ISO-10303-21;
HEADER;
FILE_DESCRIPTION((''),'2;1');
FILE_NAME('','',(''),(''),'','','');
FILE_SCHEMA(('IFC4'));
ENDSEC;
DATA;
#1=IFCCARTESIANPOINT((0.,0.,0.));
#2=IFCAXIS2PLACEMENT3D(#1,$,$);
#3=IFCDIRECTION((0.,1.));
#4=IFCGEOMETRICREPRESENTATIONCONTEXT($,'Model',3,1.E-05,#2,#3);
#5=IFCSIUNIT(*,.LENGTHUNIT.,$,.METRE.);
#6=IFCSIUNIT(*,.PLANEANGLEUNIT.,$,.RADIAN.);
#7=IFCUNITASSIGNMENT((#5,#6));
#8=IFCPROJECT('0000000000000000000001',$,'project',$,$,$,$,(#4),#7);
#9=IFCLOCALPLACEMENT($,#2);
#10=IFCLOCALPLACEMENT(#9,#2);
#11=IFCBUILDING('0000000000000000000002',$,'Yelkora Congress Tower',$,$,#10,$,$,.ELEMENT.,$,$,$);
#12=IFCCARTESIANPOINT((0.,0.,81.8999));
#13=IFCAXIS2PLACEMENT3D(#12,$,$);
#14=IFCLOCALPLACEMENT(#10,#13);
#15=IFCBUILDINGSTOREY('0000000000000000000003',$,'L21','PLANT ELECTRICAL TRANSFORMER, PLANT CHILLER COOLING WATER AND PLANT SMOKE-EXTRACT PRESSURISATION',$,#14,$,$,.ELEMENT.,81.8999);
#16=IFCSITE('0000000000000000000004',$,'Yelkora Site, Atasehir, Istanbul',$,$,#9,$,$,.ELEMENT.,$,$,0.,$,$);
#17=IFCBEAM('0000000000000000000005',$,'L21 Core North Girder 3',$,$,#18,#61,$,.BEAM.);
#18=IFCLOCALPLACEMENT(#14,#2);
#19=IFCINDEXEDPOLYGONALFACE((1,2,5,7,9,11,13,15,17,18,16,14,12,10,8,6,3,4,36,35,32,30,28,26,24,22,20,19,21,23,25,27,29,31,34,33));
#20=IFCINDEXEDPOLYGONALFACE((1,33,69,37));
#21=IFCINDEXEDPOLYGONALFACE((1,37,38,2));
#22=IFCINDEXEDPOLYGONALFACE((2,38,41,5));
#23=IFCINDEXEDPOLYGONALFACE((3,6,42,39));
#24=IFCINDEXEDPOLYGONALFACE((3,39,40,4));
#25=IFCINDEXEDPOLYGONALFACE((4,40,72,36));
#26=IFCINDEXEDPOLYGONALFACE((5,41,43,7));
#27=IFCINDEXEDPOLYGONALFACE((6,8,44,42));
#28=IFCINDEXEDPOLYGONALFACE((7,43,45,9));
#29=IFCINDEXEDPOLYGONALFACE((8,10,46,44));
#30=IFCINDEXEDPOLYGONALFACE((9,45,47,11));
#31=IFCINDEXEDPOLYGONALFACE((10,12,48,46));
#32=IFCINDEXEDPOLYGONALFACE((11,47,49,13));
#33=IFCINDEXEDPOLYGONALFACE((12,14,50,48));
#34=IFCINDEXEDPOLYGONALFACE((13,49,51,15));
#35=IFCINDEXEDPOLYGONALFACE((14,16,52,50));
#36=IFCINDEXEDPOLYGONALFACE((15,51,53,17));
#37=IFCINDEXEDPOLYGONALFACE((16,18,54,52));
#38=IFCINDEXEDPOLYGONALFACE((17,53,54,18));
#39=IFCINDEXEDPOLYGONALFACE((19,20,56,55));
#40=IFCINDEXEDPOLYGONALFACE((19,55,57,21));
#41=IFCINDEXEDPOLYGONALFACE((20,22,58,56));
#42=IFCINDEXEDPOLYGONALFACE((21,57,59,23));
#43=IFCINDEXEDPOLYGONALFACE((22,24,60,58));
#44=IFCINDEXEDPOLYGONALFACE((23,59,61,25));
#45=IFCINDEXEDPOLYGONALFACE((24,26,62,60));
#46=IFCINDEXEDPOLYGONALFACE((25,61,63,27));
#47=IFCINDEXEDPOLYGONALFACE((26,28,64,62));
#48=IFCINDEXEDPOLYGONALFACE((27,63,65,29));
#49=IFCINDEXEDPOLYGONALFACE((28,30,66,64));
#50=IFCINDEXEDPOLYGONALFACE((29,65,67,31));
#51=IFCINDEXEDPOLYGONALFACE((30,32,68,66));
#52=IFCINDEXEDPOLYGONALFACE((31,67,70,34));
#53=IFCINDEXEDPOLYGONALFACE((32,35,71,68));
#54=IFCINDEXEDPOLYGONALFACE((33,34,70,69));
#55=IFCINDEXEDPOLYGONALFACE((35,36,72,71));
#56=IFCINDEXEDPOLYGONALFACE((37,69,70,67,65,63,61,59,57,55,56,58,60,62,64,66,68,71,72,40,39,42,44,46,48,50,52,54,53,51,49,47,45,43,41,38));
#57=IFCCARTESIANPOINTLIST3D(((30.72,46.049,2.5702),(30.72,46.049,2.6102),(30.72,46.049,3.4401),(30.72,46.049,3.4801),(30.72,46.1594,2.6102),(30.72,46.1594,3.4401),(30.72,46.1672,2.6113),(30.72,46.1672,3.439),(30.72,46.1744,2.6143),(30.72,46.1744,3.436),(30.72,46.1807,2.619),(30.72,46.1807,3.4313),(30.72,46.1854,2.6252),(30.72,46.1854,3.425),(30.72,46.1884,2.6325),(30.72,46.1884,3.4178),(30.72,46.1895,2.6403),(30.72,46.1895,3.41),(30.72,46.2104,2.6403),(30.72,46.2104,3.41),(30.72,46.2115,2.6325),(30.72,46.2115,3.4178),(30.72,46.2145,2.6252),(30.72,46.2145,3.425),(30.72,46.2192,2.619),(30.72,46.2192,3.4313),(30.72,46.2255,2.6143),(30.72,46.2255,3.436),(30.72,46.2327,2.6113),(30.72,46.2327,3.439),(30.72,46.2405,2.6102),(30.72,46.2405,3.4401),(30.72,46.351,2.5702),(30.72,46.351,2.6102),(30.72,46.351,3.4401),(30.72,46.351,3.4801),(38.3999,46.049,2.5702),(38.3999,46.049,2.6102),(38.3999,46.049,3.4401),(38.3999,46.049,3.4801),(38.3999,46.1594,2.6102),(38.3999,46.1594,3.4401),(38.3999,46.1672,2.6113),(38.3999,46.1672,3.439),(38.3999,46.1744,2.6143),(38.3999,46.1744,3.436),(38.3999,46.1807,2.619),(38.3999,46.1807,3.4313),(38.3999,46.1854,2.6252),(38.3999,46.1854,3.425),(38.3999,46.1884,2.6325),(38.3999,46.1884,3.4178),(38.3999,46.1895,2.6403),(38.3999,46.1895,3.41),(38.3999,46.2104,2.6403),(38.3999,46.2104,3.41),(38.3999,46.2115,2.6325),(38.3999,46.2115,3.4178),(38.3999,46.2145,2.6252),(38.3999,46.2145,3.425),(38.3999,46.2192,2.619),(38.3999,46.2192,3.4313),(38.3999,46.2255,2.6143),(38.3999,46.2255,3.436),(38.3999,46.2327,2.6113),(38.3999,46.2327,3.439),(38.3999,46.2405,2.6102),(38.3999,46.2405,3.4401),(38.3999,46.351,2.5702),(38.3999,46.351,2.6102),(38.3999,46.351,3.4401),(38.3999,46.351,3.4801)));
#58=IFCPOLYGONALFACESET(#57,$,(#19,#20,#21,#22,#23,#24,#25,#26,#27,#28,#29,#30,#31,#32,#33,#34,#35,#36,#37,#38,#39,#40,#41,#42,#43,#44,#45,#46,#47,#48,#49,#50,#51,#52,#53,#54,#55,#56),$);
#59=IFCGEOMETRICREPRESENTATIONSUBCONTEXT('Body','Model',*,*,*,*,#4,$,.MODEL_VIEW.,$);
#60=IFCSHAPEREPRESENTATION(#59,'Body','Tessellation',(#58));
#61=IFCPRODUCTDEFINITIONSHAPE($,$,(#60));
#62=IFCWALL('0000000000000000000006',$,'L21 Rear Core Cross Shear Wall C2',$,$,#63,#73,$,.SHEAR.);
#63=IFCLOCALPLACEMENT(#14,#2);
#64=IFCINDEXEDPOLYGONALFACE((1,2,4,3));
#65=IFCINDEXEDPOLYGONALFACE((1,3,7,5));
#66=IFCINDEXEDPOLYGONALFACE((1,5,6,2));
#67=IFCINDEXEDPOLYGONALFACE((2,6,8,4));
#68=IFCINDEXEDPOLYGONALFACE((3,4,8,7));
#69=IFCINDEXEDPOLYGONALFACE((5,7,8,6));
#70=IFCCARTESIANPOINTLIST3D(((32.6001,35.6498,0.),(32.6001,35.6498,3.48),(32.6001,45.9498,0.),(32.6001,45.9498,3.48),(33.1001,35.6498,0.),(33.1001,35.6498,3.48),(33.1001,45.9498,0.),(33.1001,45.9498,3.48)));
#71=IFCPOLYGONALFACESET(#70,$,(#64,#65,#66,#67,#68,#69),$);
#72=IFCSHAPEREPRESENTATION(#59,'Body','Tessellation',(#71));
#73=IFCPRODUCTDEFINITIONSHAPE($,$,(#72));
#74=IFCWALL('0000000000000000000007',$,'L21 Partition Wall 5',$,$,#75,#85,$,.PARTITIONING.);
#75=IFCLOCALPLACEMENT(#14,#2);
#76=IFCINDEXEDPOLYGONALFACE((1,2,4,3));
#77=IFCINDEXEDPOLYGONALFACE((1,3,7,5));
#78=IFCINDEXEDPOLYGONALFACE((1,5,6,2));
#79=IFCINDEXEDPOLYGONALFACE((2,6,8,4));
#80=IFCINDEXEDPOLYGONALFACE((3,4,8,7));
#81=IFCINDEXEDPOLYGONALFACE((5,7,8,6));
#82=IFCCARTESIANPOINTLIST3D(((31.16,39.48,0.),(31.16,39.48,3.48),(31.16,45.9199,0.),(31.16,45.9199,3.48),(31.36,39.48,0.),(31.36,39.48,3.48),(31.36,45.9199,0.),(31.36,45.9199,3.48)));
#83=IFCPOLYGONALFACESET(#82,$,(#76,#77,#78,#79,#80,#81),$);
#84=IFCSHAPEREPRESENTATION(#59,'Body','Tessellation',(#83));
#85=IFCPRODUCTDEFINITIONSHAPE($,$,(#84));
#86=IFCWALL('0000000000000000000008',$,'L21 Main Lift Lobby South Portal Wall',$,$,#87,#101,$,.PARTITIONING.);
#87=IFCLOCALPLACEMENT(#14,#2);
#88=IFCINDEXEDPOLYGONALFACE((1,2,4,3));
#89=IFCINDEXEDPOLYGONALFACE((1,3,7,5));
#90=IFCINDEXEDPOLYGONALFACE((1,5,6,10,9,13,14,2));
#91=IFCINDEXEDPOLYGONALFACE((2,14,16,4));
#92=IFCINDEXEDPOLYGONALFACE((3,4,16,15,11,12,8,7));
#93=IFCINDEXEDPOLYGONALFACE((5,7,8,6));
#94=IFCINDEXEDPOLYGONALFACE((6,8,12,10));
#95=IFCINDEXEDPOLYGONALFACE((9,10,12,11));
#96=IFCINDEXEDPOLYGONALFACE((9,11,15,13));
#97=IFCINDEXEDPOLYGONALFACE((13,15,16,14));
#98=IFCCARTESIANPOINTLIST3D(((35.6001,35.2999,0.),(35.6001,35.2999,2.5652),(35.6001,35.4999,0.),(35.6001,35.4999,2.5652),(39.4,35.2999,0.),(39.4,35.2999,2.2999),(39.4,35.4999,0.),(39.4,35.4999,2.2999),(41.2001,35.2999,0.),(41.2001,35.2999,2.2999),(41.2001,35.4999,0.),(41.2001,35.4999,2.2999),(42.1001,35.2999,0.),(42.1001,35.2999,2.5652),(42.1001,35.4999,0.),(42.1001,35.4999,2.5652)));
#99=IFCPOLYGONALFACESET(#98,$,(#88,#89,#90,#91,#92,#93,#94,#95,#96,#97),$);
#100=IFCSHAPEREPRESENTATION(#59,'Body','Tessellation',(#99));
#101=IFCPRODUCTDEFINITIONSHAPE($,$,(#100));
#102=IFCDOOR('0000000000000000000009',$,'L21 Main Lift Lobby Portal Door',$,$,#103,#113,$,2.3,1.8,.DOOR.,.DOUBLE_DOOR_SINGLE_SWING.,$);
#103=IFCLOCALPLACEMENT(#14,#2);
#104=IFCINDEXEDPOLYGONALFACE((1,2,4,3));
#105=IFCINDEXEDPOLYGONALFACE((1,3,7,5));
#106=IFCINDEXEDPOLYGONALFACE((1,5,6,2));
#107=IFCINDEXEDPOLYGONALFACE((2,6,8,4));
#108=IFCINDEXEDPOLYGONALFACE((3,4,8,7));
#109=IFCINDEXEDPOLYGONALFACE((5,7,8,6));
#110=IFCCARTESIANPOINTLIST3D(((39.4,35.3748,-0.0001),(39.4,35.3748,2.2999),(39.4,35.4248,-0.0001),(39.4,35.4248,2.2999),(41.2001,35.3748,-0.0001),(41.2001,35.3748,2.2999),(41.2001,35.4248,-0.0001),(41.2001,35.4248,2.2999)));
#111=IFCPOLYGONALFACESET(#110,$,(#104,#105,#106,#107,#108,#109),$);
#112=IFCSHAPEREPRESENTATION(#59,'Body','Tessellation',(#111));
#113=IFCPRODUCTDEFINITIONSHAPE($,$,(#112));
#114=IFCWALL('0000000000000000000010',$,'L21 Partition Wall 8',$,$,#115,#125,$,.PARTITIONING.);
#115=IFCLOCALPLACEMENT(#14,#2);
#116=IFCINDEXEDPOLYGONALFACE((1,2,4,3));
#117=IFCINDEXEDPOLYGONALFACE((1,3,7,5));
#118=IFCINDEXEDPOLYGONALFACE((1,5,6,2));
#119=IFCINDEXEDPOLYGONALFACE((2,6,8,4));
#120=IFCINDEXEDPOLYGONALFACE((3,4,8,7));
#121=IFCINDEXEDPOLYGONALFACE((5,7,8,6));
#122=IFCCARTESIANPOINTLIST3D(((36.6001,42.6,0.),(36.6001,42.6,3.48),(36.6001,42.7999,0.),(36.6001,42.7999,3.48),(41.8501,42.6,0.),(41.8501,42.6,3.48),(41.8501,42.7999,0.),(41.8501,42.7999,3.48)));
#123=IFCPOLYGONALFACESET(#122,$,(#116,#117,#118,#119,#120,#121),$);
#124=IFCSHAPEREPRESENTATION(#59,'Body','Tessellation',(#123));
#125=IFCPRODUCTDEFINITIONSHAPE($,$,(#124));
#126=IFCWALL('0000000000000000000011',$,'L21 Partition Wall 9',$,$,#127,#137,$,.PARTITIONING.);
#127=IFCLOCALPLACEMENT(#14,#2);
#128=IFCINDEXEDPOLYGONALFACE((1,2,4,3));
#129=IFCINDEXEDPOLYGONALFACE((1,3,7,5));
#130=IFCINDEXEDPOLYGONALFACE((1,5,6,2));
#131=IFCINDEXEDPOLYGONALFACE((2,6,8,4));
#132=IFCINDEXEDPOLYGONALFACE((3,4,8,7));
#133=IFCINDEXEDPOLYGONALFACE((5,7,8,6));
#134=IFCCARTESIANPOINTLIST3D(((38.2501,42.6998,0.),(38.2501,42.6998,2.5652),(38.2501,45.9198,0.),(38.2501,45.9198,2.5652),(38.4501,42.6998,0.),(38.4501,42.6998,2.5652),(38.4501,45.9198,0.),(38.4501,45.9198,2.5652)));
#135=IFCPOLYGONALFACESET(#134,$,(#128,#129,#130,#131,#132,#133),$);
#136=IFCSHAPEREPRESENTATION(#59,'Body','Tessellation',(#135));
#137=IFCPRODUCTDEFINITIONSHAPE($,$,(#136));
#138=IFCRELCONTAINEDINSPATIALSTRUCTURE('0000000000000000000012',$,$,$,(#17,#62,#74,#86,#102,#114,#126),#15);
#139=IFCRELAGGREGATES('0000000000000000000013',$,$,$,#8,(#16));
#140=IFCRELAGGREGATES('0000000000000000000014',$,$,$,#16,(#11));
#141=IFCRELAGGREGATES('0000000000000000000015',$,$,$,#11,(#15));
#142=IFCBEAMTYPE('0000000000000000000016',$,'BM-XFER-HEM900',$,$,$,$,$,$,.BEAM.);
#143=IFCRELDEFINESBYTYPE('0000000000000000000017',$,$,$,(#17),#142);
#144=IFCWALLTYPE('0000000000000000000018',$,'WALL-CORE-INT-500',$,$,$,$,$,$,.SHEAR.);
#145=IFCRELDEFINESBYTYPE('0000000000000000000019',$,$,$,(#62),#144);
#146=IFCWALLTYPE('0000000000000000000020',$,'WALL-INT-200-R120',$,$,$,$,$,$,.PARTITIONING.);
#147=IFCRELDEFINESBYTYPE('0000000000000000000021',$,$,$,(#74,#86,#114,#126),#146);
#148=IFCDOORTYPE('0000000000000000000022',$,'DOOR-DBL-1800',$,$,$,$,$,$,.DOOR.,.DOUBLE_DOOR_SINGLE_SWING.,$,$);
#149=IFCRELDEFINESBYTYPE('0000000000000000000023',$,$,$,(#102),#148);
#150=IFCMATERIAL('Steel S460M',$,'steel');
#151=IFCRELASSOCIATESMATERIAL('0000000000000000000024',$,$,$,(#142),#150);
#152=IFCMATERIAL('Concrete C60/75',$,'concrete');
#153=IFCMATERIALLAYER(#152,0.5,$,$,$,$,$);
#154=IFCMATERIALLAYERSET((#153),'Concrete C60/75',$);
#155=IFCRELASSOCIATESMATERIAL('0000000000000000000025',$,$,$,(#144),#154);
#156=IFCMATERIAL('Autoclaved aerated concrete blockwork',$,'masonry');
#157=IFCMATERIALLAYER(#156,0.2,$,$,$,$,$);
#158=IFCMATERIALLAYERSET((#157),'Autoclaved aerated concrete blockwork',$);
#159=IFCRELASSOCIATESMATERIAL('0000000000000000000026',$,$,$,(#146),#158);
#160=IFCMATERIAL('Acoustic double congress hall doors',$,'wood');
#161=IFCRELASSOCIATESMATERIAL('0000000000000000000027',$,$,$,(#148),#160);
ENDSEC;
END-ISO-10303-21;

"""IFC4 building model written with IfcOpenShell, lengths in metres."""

from ifc_helpers import new_model, si_unit, direction, frame, frame_2d, origin, origin_2d, place, context, subcontext, project, spatial, rectangle, i_section, extrude, material, layer, layer_set, material_profile, profile_set, type_object, element, fill, save


model = new_model("IFC4")

# Units and contexts
model_context = context("Model", 3, precision=1e-05, world=origin(), true_north=direction((0.0, 1.0)))
body_context = subcontext(model_context, "Body", "Model", "MODEL_VIEW")
ifc_project = project(units=[si_unit("LENGTHUNIT", "METRE"), si_unit("PLANEANGLEUNIT", "RADIAN")], contexts=[model_context])

# Site, building, storey
site_placement = place(None, origin())
site = spatial("IfcSite", under=ifc_project, at=site_placement, Name="Yelkora Site, Atasehir, Istanbul", CompositionType="ELEMENT", RefElevation=0.0)
building_placement = place(site_placement, origin())
building = spatial("IfcBuilding", under=site, at=building_placement, Name="Yelkora Congress Tower", CompositionType="ELEMENT")
storey_placement = place(building_placement, frame((0.0, 0.0, 81.8999)))
storey = spatial("IfcBuildingStorey", under=building, at=storey_placement, Name="L21", Description="PLANT ELECTRICAL TRANSFORMER, PLANT CHILLER COOLING WATER AND PLANT SMOKE-EXTRACT PRESSURISATION", CompositionType="ELEMENT", Elevation=81.8999)

# Beam
ifc_material_1 = material(Name="Steel S460M", Category="steel")
ifc_material_profile = material_profile(ifc_material_1, i_section(OverallWidth=0.302, OverallDepth=0.9099, WebThickness=0.021, FlangeThickness=0.04, FilletRadius=0.03, at=origin_2d()), Name="HEM 900")
ifc_profile_set = profile_set([ifc_material_profile], Name="Steel S460M")
beam_type = type_object("IfcBeamType", Name="BM-XFER-HEM900", PredefinedType="BEAM", material=ifc_profile_set)
beam_placement = place(storey_placement, frame((30.72, 46.2, 3.0251), z_axis=(1.0, 0.0, 0.0), x_axis=(0.0, 1.0, 0.0)))
element("IfcBeam", 1, at=beam_placement, inside=storey, type_object=beam_type, Name="L21 Core North Girder 3", PredefinedType="BEAM", context=body_context, shape_type="SweptSolid", body=[
    extrude(i_section(OverallWidth=0.302, OverallDepth=0.9099, WebThickness=0.021, FlangeThickness=0.04, FilletRadius=0.03, at=origin_2d()), origin(), (0.0, 0.0, 1.0), 7.6799),
])

# Walls
ifc_material_2 = material(Name="Concrete C60/75", Category="concrete")
ifc_layer_1 = layer(ifc_material_2, 0.5)
ifc_layer_set_1 = layer_set([ifc_layer_1], Name="Concrete C60/75")
wall_type_1 = type_object("IfcWallType", Name="WALL-CORE-INT-500", PredefinedType="SHEAR", material=ifc_layer_set_1)
wall_1_placement = place(storey_placement, frame((32.8501, 35.6499, 0.0), z_axis=(0.0, 0.0, 1.0), x_axis=(0.0, 1.0, 0.0)))
element("IfcWall", 2, at=wall_1_placement, inside=storey, type_object=wall_type_1, Name="L21 Rear Core Cross Shear Wall C2", PredefinedType="SHEAR", context=body_context, shape_type="SweptSolid", body=[
    extrude(rectangle(XDim=10.3, YDim=0.5, at=frame_2d((5.1499, 0.0))), origin(), (0.0, 0.0, 1.0), 3.48),
])
ifc_material_3 = material(Name="Autoclaved aerated concrete blockwork", Category="masonry")
ifc_layer_2 = layer(ifc_material_3, 0.2)
ifc_layer_set_2 = layer_set([ifc_layer_2], Name="Autoclaved aerated concrete blockwork")
wall_type_2 = type_object("IfcWallType", Name="WALL-INT-200-R120", PredefinedType="PARTITIONING", material=ifc_layer_set_2)
wall_2_placement = place(storey_placement, frame((31.26, 39.48, 0.0), z_axis=(0.0, 0.0, 1.0), x_axis=(0.0, 1.0, 0.0)))
element("IfcWall", 3, at=wall_2_placement, inside=storey, type_object=wall_type_2, Name="L21 Partition Wall 5", PredefinedType="PARTITIONING", context=body_context, shape_type="SweptSolid", body=[
    extrude(rectangle(XDim=6.4399, YDim=0.2, at=frame_2d((3.22, 0.0))), origin(), (0.0, 0.0, 1.0), 3.48),
])

# Wall, opening, door
wall_3_placement = place(storey_placement, frame((35.6001, 35.3999, 0.0), z_axis=(0.0, 0.0, 1.0), x_axis=(1.0, 0.0, 0.0)))
wall_3 = element("IfcWall", 4, at=wall_3_placement, inside=storey, type_object=wall_type_2, Name="L21 Main Lift Lobby South Portal Wall", PredefinedType="PARTITIONING", context=body_context, shape_type="SweptSolid", body=[
    extrude(rectangle(XDim=6.5, YDim=0.2, at=frame_2d((3.25, 0.0))), origin(), (0.0, 0.0, 1.0), 2.5652),
])
opening_1_placement = place(wall_3_placement, frame((3.8, 0.0, 0.0)))
opening_1 = element("IfcOpeningElement", 5, at=opening_1_placement, cuts=wall_3, PredefinedType="OPENING", context=body_context, shape_type="SweptSolid", body=[
    extrude(rectangle(XDim=1.8, YDim=2.3, at=frame_2d((0.8999, 1.1499))), frame((0.0, 0.1099, 0.0), z_axis=(0.0, -1.0, 0.0), x_axis=(1.0, 0.0, 0.0)), (0.0, 0.0, 1.0), 0.22),
])
ifc_material_4 = material(Name="Acoustic double congress hall doors", Category="wood")
door_type_1 = type_object("IfcDoorType", Name="DOOR-DBL-1800", OperationType="DOUBLE_DOOR_SINGLE_SWING", PredefinedType="DOOR", material=ifc_material_4)
door_1_placement = place(opening_1_placement, origin())
door_1 = element("IfcDoor", 6, at=door_1_placement, inside=storey, type_object=door_type_1, Name="L21 Main Lift Lobby Portal Door", OperationType="DOUBLE_DOOR_SINGLE_SWING", OverallHeight=2.3, OverallWidth=1.8, PredefinedType="DOOR", context=body_context, shape_type="SweptSolid", body=[
    extrude(rectangle(XDim=1.8, YDim=2.3, at=frame_2d((0.8999, 1.1499))), frame((0.0, 0.0249, 0.0), z_axis=(0.0, -1.0, 0.0), x_axis=(1.0, 0.0, 0.0)), (0.0, 0.0, 1.0), 0.05),
])
fill(opening_1, door_1)

# Walls
wall_4_placement = place(storey_placement, frame((36.6001, 42.7, 0.0), z_axis=(0.0, 0.0, 1.0), x_axis=(1.0, 0.0, 0.0)))
element("IfcWall", 7, at=wall_4_placement, inside=storey, type_object=wall_type_2, Name="L21 Partition Wall 8", PredefinedType="PARTITIONING", context=body_context, shape_type="SweptSolid", body=[
    extrude(rectangle(XDim=5.25, YDim=0.2, at=frame_2d((2.625, 0.0))), origin(), (0.0, 0.0, 1.0), 3.48),
])
wall_5_placement = place(storey_placement, frame((38.3501, 42.7, 0.0), z_axis=(0.0, 0.0, 1.0), x_axis=(0.0, 1.0, 0.0)))
element("IfcWall", 8, at=wall_5_placement, inside=storey, type_object=wall_type_2, Name="L21 Partition Wall 9", PredefinedType="PARTITIONING", context=body_context, shape_type="SweptSolid", body=[
    extrude(rectangle(XDim=3.22, YDim=0.2, at=frame_2d((1.6099, 0.0))), origin(), (0.0, 0.0, 1.0), 2.5652),
])

save(model, "model.ifc")
